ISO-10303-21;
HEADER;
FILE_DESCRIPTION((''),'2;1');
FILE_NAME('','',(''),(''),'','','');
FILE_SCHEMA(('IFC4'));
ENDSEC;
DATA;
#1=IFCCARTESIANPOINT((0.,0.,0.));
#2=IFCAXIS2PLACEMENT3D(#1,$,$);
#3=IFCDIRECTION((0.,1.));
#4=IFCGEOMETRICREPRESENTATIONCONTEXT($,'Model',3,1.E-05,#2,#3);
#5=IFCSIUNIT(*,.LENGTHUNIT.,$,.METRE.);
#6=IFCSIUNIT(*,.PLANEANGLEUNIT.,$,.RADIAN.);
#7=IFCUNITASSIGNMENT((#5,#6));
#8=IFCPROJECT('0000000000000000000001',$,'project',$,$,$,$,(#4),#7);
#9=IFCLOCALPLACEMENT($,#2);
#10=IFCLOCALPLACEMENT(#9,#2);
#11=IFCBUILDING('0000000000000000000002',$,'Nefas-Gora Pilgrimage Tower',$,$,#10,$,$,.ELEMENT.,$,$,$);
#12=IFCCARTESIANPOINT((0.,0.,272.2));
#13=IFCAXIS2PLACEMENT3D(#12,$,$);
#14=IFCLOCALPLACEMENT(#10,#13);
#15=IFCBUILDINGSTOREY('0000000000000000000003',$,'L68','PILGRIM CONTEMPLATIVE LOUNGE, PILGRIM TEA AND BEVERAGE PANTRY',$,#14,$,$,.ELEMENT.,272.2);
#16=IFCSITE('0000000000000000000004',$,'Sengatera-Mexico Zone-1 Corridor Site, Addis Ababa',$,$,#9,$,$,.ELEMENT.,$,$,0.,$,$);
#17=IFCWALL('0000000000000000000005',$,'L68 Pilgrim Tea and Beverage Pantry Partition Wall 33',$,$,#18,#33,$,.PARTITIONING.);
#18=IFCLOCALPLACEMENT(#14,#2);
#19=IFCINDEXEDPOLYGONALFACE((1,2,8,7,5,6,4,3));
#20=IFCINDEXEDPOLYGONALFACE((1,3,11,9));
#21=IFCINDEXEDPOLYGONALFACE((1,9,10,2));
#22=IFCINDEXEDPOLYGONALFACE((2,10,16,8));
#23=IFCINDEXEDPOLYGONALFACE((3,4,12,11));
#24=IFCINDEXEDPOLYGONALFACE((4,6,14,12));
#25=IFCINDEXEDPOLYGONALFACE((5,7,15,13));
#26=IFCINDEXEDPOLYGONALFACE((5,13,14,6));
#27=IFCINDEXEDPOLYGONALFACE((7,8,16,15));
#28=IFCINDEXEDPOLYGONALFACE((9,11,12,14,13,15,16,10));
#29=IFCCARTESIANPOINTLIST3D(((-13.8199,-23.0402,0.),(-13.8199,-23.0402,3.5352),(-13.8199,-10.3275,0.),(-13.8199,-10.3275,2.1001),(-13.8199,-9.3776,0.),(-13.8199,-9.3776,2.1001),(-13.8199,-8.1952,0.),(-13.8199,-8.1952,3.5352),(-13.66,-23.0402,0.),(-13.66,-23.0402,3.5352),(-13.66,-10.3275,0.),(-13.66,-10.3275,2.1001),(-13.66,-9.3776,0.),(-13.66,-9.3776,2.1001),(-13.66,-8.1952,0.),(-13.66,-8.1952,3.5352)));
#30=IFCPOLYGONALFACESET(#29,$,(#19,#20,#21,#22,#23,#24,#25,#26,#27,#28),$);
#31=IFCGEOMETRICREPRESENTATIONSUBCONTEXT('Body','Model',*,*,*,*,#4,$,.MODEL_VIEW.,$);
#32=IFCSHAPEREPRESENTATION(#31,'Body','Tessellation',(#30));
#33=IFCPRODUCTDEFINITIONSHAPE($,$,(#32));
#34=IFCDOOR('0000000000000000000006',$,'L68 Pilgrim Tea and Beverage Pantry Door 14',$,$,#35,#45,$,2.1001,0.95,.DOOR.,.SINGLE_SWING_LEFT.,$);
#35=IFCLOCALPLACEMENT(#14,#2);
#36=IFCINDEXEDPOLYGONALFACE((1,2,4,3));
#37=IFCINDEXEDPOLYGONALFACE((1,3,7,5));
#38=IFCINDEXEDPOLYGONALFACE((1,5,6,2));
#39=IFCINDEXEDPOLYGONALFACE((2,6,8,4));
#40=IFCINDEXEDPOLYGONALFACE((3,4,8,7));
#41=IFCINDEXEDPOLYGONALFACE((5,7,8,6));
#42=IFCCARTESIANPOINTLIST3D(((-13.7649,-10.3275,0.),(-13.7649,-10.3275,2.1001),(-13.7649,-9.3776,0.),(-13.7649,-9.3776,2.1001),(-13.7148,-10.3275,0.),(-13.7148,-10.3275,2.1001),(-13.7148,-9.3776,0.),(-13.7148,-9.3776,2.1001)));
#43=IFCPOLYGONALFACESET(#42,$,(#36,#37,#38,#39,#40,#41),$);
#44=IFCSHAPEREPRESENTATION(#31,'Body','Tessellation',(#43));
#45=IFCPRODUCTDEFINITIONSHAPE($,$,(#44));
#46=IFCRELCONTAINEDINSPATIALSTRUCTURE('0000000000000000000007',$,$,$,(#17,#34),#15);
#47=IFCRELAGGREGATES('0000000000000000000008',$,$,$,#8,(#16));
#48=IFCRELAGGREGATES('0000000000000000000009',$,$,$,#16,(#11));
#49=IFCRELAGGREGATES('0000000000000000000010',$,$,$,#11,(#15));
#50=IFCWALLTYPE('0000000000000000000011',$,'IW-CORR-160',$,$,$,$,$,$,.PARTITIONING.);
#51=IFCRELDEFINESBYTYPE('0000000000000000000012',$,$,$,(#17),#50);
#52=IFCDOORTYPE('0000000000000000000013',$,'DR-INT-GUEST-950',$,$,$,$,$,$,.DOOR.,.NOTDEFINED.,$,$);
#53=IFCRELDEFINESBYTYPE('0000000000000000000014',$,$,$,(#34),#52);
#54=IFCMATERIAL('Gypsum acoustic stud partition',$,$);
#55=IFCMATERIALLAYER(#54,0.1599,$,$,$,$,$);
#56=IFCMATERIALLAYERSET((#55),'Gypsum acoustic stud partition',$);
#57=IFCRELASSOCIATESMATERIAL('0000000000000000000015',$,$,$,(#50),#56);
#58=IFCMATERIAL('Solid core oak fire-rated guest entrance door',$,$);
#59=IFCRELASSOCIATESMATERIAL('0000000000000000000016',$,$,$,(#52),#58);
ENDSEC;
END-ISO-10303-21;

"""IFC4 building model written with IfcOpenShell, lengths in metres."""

from ifc_helpers import new_model, si_unit, direction, frame, frame_2d, origin, place, context, subcontext, project, spatial, rectangle, extrude, source, transform, mapped, material, layer, layer_set, type_object, element, fill, save


model = new_model("IFC4")

# Units and contexts
model_context = context("Model", 3, precision=1e-05, world=origin(), true_north=direction((0.0, 1.0)))
body_context = subcontext(model_context, "Body", "Model", "MODEL_VIEW")
ifc_project = project(units=[si_unit("LENGTHUNIT", "METRE"), si_unit("PLANEANGLEUNIT", "RADIAN")], contexts=[model_context])

# Site, building, storey
site_placement = place(None, origin())
site = spatial("IfcSite", under=ifc_project, at=site_placement, Name="Sengatera-Mexico Zone-1 Corridor Site, Addis Ababa", CompositionType="ELEMENT", RefElevation=0.0)
building_placement = place(site_placement, origin())
building = spatial("IfcBuilding", under=site, at=building_placement, Name="Nefas-Gora Pilgrimage Tower", CompositionType="ELEMENT")
storey_placement = place(building_placement, frame((0.0, 0.0, 272.2)))
storey = spatial("IfcBuildingStorey", under=building, at=storey_placement, Name="L68", Description="PILGRIM CONTEMPLATIVE LOUNGE, PILGRIM TEA AND BEVERAGE PANTRY", CompositionType="ELEMENT", Elevation=272.2)

# Wall, opening, door
ifc_material_1 = material(Name="Gypsum acoustic stud partition")
ifc_layer_1 = layer(ifc_material_1, 0.1599)
ifc_layer_set_1 = layer_set([ifc_layer_1], Name="Gypsum acoustic stud partition")
wall_type_1 = type_object("IfcWallType", Name="IW-CORR-160", PredefinedType="PARTITIONING", material=ifc_layer_set_1)
ifc_material_2 = material(Name="Solid core oak fire-rated guest entrance door")
door_type = type_object("IfcDoorType", Name="DR-INT-GUEST-950", OperationType="NOTDEFINED", PredefinedType="DOOR", material=ifc_material_2)
shared_shape_1 = source(origin(), body_context, "Body", "SweptSolid", [
    extrude(rectangle(XDim=0.95, YDim=2.1001, at=frame_2d((0.4751, 1.05))), frame((0.0, 0.0249, 0.0), z_axis=(0.0, -1.0, 0.0), x_axis=(1.0, 0.0, 0.0)), (0.0, 0.0, 1.0), 0.05),
])
shared_shape_2 = source(origin(), body_context, "Body", "SweptSolid", [
    extrude(rectangle(XDim=14.845, YDim=0.1599, at=frame_2d((7.4224, 0.0))), origin(), (0.0, 0.0, 1.0), 3.5352),
])
wall_1_placement = place(storey_placement, frame((-13.74, -23.04, 0.0), z_axis=(0.0, 0.0, 1.0), x_axis=(0.0, 1.0, 0.0)))
wall_1 = element("IfcWall", 1, at=wall_1_placement, inside=storey, type_object=wall_type_1, Name="L68 Pilgrim Tea and Beverage Pantry Partition Wall 33", PredefinedType="PARTITIONING", context=body_context, shape_type="MappedRepresentation", body=[
    mapped(shared_shape_2, transform((0.0, 0.0, 0.0), x_axis=(1.0, 0.0, 0.0), y_axis=(0.0, 1.0, 0.0), z_axis=(0.0, 0.0, 1.0), scale=1.0)),
])
opening_1_placement = place(wall_1_placement, frame((12.7124, 0.0, 0.0)))
opening_1 = element("IfcOpeningElement", 2, at=opening_1_placement, cuts=wall_1, PredefinedType="OPENING", context=body_context, shape_type="SweptSolid", body=[
    extrude(rectangle(XDim=0.95, YDim=2.1001, at=frame_2d((0.4751, 1.05))), frame((0.0, 0.0898, 0.0), z_axis=(0.0, -1.0, 0.0), x_axis=(1.0, 0.0, 0.0)), (0.0, 0.0, 1.0), 0.1799),
])
door_1_placement = place(opening_1_placement, origin())
door_1 = element("IfcDoor", 3, at=door_1_placement, inside=storey, type_object=door_type, Name="L68 Pilgrim Tea and Beverage Pantry Door 14", OperationType="SINGLE_SWING_LEFT", OverallHeight=2.1001, OverallWidth=0.95, PredefinedType="DOOR", context=body_context, shape_type="MappedRepresentation", body=[
    mapped(shared_shape_1, transform((0.0, 0.0, 0.0), x_axis=(1.0, 0.0, 0.0), y_axis=(0.0, 1.0, 0.0), z_axis=(0.0, 0.0, 1.0), scale=1.0)),
])
fill(opening_1, door_1)

save(model, "model.ifc")
